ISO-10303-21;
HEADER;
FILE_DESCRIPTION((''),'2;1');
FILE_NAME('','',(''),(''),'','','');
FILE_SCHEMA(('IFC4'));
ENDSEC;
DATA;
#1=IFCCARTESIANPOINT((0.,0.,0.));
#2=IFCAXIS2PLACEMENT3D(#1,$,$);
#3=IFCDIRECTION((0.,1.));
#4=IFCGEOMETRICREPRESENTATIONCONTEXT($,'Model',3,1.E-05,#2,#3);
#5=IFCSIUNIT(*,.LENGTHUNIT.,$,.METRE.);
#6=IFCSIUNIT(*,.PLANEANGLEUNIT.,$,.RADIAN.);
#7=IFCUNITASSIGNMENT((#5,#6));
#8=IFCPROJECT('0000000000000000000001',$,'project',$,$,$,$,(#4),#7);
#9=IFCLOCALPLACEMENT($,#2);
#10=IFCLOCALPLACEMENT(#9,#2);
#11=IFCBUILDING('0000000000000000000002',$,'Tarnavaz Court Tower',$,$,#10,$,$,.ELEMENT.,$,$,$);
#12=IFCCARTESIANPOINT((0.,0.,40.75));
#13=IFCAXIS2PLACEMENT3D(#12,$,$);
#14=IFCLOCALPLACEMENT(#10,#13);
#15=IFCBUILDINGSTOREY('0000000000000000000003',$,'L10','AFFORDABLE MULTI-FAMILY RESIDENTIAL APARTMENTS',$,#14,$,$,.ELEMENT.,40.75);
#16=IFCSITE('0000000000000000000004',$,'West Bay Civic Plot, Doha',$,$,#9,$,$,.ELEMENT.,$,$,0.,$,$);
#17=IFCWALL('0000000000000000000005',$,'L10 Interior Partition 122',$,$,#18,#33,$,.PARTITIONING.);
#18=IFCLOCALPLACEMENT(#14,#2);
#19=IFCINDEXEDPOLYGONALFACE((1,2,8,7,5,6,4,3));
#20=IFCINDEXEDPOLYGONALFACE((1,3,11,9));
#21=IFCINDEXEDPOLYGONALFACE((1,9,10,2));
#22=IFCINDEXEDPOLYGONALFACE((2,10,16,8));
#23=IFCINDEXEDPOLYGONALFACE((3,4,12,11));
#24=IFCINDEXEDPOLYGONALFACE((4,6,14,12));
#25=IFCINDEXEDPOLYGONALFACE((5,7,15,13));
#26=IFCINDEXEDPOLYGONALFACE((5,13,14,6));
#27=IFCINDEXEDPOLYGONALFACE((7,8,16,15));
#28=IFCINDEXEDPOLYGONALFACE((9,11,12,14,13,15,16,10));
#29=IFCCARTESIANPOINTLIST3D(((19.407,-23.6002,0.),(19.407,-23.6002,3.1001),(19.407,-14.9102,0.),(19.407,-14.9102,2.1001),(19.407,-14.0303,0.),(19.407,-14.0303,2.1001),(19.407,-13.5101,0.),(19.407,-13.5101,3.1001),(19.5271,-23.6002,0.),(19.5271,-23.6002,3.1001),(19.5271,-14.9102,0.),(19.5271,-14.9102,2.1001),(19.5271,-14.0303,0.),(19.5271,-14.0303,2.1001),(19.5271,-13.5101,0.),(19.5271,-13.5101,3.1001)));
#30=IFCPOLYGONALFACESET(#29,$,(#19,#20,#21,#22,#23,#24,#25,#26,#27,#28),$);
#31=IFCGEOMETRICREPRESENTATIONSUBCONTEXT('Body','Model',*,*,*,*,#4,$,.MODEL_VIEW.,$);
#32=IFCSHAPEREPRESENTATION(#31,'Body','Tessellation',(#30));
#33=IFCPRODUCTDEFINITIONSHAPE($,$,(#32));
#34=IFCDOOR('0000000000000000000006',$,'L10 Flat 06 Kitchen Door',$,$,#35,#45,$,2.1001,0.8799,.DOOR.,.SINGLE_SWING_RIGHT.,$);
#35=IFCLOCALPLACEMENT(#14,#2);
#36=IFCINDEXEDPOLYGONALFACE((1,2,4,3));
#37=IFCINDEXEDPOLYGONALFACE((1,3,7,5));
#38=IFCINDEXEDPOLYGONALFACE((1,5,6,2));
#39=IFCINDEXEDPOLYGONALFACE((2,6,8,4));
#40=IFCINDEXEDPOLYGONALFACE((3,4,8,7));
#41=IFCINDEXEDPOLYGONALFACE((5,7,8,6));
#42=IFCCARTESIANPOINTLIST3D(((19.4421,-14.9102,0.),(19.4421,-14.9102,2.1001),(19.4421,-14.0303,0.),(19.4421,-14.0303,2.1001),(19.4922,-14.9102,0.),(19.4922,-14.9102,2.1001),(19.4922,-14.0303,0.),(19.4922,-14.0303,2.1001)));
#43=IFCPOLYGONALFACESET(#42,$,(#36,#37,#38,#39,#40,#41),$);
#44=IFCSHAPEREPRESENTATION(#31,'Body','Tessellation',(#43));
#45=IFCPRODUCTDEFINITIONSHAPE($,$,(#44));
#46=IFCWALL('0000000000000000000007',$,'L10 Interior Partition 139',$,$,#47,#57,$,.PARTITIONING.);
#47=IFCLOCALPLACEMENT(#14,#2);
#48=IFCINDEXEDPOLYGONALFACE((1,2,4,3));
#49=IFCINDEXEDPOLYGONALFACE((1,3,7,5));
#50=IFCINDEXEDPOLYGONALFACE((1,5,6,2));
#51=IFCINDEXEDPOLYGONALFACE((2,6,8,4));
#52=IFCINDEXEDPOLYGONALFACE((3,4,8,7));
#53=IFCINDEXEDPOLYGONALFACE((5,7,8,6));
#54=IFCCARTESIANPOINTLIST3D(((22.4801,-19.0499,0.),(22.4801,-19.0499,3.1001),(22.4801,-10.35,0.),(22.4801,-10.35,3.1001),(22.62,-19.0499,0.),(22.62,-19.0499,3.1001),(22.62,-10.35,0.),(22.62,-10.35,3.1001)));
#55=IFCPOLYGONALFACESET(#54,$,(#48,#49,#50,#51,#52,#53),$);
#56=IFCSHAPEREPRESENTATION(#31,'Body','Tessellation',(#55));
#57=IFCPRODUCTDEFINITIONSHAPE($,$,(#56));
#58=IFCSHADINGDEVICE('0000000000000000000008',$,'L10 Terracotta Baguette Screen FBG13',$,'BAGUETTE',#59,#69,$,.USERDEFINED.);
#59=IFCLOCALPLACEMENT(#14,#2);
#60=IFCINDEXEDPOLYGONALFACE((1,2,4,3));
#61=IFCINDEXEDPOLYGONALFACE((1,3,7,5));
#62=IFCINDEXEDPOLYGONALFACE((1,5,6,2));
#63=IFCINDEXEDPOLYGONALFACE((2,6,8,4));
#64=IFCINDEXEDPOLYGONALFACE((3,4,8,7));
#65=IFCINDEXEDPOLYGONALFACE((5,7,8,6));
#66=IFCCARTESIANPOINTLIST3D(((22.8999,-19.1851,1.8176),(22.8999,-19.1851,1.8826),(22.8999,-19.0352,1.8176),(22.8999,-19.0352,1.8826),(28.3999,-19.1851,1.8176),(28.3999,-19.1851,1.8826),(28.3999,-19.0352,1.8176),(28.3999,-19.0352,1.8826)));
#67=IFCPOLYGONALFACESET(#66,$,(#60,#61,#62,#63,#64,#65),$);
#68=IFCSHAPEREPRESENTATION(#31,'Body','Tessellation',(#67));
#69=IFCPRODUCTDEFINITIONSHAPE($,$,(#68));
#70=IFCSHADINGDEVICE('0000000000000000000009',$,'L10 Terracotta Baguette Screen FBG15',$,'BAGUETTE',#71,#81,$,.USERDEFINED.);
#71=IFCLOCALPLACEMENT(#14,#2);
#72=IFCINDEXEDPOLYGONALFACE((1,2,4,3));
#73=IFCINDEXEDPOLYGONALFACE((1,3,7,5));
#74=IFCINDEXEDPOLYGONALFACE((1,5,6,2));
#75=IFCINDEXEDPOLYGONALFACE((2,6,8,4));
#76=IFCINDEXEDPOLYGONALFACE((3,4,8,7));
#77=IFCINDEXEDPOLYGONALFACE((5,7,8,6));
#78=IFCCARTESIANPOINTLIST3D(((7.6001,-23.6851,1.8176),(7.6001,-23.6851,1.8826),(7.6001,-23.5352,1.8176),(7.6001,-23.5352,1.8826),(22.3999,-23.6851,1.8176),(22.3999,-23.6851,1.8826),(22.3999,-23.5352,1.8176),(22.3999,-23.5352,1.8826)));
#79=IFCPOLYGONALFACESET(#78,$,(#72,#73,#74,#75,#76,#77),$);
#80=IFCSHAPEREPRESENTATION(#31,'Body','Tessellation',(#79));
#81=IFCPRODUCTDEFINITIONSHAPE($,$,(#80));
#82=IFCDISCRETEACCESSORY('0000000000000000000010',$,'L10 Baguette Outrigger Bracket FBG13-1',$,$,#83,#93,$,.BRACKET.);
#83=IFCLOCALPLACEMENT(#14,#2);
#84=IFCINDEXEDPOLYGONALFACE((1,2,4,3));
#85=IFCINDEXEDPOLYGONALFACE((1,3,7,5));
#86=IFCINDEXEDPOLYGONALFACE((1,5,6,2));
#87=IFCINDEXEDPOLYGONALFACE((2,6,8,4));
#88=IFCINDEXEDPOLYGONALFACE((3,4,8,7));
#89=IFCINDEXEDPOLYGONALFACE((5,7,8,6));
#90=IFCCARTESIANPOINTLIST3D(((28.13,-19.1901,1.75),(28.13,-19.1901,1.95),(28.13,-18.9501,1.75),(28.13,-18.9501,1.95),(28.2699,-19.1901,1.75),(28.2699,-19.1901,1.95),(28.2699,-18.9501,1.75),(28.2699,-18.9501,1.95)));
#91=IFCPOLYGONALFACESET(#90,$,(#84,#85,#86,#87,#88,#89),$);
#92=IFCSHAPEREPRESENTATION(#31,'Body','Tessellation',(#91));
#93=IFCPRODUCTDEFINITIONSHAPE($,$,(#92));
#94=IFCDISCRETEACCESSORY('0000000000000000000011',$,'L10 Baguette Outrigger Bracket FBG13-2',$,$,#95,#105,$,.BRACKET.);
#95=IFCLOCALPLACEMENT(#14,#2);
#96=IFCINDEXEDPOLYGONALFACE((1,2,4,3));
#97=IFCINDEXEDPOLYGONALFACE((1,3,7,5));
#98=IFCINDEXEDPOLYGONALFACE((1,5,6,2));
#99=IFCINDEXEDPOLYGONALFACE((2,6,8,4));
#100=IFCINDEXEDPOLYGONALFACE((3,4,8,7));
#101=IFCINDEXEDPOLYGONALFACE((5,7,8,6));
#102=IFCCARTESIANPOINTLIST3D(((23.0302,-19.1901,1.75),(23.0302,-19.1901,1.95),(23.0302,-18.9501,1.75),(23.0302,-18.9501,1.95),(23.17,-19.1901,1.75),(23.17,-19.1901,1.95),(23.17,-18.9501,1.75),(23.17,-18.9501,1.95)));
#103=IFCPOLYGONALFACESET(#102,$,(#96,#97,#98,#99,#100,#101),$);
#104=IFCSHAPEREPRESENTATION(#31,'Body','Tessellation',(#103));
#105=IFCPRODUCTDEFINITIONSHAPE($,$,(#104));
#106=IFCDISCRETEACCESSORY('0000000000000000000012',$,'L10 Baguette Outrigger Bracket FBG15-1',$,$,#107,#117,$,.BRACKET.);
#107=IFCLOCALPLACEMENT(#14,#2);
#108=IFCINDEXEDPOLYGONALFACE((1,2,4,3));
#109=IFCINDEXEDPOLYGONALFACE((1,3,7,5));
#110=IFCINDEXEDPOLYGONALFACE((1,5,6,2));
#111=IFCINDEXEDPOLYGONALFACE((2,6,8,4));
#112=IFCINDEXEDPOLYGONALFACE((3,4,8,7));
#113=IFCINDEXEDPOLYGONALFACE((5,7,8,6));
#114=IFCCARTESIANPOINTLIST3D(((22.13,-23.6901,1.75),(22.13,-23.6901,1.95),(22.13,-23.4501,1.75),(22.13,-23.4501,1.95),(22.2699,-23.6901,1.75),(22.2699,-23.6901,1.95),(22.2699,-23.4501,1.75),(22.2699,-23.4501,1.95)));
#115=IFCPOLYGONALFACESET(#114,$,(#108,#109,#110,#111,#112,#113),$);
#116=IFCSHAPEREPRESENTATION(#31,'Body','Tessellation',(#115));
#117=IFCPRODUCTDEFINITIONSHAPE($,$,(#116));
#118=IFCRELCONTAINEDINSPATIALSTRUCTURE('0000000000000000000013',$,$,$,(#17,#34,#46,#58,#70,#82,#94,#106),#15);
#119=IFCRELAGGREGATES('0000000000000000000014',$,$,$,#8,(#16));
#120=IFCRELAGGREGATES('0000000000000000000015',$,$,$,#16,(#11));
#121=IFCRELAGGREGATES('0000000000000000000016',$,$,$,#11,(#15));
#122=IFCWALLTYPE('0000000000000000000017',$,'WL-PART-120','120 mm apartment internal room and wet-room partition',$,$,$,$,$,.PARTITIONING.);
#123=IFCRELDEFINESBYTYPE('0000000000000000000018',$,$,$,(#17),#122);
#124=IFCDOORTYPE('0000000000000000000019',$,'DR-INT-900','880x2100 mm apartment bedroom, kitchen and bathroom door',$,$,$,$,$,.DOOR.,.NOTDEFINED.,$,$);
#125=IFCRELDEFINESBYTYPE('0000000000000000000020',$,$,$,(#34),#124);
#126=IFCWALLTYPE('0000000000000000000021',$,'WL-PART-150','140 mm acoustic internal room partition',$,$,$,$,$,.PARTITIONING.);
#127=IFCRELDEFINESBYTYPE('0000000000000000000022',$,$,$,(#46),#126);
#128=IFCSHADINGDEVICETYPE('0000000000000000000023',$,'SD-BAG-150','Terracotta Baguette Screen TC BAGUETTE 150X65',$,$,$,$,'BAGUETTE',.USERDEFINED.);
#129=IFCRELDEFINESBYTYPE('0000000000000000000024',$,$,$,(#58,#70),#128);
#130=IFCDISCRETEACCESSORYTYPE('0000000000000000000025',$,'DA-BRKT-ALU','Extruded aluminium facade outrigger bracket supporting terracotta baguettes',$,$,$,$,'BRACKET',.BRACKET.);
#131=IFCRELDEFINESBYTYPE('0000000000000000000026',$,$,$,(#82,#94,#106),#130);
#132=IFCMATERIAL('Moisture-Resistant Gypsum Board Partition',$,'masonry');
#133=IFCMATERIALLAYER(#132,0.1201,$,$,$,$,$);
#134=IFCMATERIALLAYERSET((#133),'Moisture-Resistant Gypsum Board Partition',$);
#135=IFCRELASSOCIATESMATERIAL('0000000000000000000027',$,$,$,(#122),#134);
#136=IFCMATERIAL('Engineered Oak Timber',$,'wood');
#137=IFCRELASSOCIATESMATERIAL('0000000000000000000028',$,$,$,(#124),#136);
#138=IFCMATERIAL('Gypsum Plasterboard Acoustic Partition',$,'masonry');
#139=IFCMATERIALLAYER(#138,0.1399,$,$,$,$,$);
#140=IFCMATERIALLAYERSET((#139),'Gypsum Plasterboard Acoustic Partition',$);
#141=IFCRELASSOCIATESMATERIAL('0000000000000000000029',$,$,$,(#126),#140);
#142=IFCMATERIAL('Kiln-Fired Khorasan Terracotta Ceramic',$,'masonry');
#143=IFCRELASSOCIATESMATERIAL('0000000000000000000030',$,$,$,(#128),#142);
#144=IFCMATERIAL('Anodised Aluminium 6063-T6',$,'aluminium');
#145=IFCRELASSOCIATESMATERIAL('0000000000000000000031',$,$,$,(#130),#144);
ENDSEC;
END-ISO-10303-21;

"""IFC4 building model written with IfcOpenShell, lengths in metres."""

from ifc_helpers import new_model, si_unit, direction, frame, frame_2d, origin, origin_2d, place, context, subcontext, project, spatial, rectangle, extrude, material, layer, layer_set, material_profile, profile_set, type_object, element, fill, save


model = new_model("IFC4")

# Units and contexts
model_context = context("Model", 3, precision=1e-05, world=origin(), true_north=direction((0.0, 1.0)))
body_context = subcontext(model_context, "Body", "Model", "MODEL_VIEW")
ifc_project = project(units=[si_unit("LENGTHUNIT", "METRE"), si_unit("PLANEANGLEUNIT", "RADIAN")], contexts=[model_context])

# Site, building, storey
site_placement = place(None, origin())
site = spatial("IfcSite", under=ifc_project, at=site_placement, Name="West Bay Civic Plot, Doha", CompositionType="ELEMENT", RefElevation=0.0)
building_placement = place(site_placement, origin())
building = spatial("IfcBuilding", under=site, at=building_placement, Name="Tarnavaz Court Tower", CompositionType="ELEMENT")
storey_placement = place(building_placement, frame((0.0, 0.0, 40.75)))
storey = spatial("IfcBuildingStorey", under=building, at=storey_placement, Name="L10", Description="AFFORDABLE MULTI-FAMILY RESIDENTIAL APARTMENTS", CompositionType="ELEMENT", Elevation=40.75)

# Shared definitions
ifc_material_1 = material(Name="Moisture-Resistant Gypsum Board Partition", Category="masonry")
ifc_layer_1 = layer(ifc_material_1, 0.1201)
ifc_layer_set_1 = layer_set([ifc_layer_1], Name="Moisture-Resistant Gypsum Board Partition")
wall_type_1 = type_object("IfcWallType", Name="WL-PART-120", Description="120 mm apartment internal room and wet-room partition", PredefinedType="PARTITIONING", material=ifc_layer_set_1)

# Wall, opening, door
wall_1_placement = place(storey_placement, frame((19.467, -23.6001, 0.0), z_axis=(0.0, 0.0, 1.0), x_axis=(0.0, 1.0, 0.0)))
wall_1 = element("IfcWall", 1, at=wall_1_placement, inside=storey, type_object=wall_type_1, Name="L10 Interior Partition 122", PredefinedType="PARTITIONING", context=body_context, shape_type="SweptSolid", body=[
    extrude(rectangle(XDim=10.0901, YDim=0.1201, at=frame_2d((5.0449, 0.0))), origin(), (0.0, 0.0, 1.0), 3.1001),
])
opening_1_placement = place(wall_1_placement, frame((8.6899, 0.0, 0.0)))
opening_1 = element("IfcOpeningElement", 2, at=opening_1_placement, cuts=wall_1, PredefinedType="OPENING", context=body_context, shape_type="SweptSolid", body=[
    extrude(rectangle(XDim=0.8799, YDim=2.1001, at=frame_2d((0.4399, 1.05))), frame((0.0, 0.0701, 0.0), z_axis=(0.0, -1.0, 0.0), x_axis=(1.0, 0.0, 0.0)), (0.0, 0.0, 1.0), 0.1401),
])
ifc_material_2 = material(Name="Engineered Oak Timber", Category="wood")
door_type = type_object("IfcDoorType", Name="DR-INT-900", Description="880x2100 mm apartment bedroom, kitchen and bathroom door", OperationType="NOTDEFINED", PredefinedType="DOOR", material=ifc_material_2)
door_placement = place(opening_1_placement, origin())
door = element("IfcDoor", 3, at=door_placement, inside=storey, type_object=door_type, Name="L10 Flat 06 Kitchen Door", OperationType="SINGLE_SWING_RIGHT", OverallHeight=2.1001, OverallWidth=0.8799, PredefinedType="DOOR", context=body_context, shape_type="SweptSolid", body=[
    extrude(rectangle(XDim=0.8799, YDim=2.1001, at=frame_2d((0.4399, 1.05))), frame((0.0, 0.0249, 0.0), z_axis=(0.0, -1.0, 0.0), x_axis=(1.0, 0.0, 0.0)), (0.0, 0.0, 1.0), 0.05),
])
fill(opening_1, door)

# Wall
ifc_material_3 = material(Name="Gypsum Plasterboard Acoustic Partition", Category="masonry")
ifc_layer_2 = layer(ifc_material_3, 0.1399)
ifc_layer_set_2 = layer_set([ifc_layer_2], Name="Gypsum Plasterboard Acoustic Partition")
wall_type_2 = type_object("IfcWallType", Name="WL-PART-150", Description="140 mm acoustic internal room partition", PredefinedType="PARTITIONING", material=ifc_layer_set_2)
wall_2_placement = place(storey_placement, frame((22.55, -19.05, 0.0), z_axis=(0.0, 0.0, 1.0), x_axis=(0.0, 1.0, 0.0)))
element("IfcWall", 4, at=wall_2_placement, inside=storey, type_object=wall_type_2, Name="L10 Interior Partition 139", PredefinedType="PARTITIONING", context=body_context, shape_type="SweptSolid", body=[
    extrude(rectangle(XDim=8.7, YDim=0.1399, at=frame_2d((4.3501, 0.0))), origin(), (0.0, 0.0, 1.0), 3.1001),
])

# Shading devices
ifc_material_4 = material(Name="Kiln-Fired Khorasan Terracotta Ceramic", Category="masonry")
ifc_material_profile_1 = material_profile(ifc_material_4, rectangle(XDim=0.1499, YDim=0.0649, at=origin_2d()), Name="TC BAGUETTE 150X65")
ifc_profile_set_1 = profile_set([ifc_material_profile_1], Name="Kiln-Fired Khorasan Terracotta Ceramic")
shading_device_type = type_object("IfcShadingDeviceType", Name="SD-BAG-150", Description="Terracotta Baguette Screen TC BAGUETTE 150X65", ElementType="BAGUETTE", PredefinedType="USERDEFINED", material=ifc_profile_set_1)
shading_device_1_placement = place(storey_placement, frame((28.3999, -19.1101, 1.8501), z_axis=(-1.0, 0.0, 0.0), x_axis=(0.0, -1.0, 0.0)))
element("IfcShadingDevice", 5, at=shading_device_1_placement, inside=storey, type_object=shading_device_type, Name="L10 Terracotta Baguette Screen FBG13", ObjectType="BAGUETTE", PredefinedType="USERDEFINED", context=body_context, shape_type="SweptSolid", body=[
    extrude(rectangle(XDim=0.1499, YDim=0.0649, at=origin_2d()), origin(), (0.0, 0.0, 1.0), 5.5),
])
shading_device_2_placement = place(storey_placement, frame((22.3999, -23.6101, 1.8501), z_axis=(-1.0, 0.0, 0.0), x_axis=(0.0, -1.0, 0.0)))
element("IfcShadingDevice", 6, at=shading_device_2_placement, inside=storey, type_object=shading_device_type, Name="L10 Terracotta Baguette Screen FBG15", ObjectType="BAGUETTE", PredefinedType="USERDEFINED", context=body_context, shape_type="SweptSolid", body=[
    extrude(rectangle(XDim=0.1499, YDim=0.0649, at=origin_2d()), origin(), (0.0, 0.0, 1.0), 14.7998),
])

# Discrete accessories
ifc_material_5 = material(Name="Anodised Aluminium 6063-T6", Category="aluminium")
discrete_accessory_type = type_object("IfcDiscreteAccessoryType", Name="DA-BRKT-ALU", Description="Extruded aluminium facade outrigger bracket supporting terracotta baguettes", ElementType="BRACKET", PredefinedType="BRACKET", material=ifc_material_5)
for number, where, z_axis, x_axis, name in (
    (7, (28.2, -19.0701, 1.75), (0.0, 0.0, 1.0), (-1.0, 0.0, 0.0), "L10 Baguette Outrigger Bracket FBG13-1"),
    (8, (23.1001, -19.0701, 1.75), (0.0, 0.0, 1.0), (-1.0, 0.0, 0.0), "L10 Baguette Outrigger Bracket FBG13-2"),
    (9, (22.2, -23.5701, 1.75), (0.0, 0.0, 1.0), (-1.0, 0.0, 0.0), "L10 Baguette Outrigger Bracket FBG15-1"),
):
    element("IfcDiscreteAccessory", number, at=place(storey_placement, frame(where, z_axis=z_axis, x_axis=x_axis)), inside=storey, type_object=discrete_accessory_type, Name=name, PredefinedType="BRACKET", context=body_context, shape_type="SweptSolid", body=[
        extrude(rectangle(XDim=0.1399, YDim=0.24, at=origin_2d()), origin(), (0.0, 0.0, 1.0), 0.2),
    ])

save(model, "model.ifc")
